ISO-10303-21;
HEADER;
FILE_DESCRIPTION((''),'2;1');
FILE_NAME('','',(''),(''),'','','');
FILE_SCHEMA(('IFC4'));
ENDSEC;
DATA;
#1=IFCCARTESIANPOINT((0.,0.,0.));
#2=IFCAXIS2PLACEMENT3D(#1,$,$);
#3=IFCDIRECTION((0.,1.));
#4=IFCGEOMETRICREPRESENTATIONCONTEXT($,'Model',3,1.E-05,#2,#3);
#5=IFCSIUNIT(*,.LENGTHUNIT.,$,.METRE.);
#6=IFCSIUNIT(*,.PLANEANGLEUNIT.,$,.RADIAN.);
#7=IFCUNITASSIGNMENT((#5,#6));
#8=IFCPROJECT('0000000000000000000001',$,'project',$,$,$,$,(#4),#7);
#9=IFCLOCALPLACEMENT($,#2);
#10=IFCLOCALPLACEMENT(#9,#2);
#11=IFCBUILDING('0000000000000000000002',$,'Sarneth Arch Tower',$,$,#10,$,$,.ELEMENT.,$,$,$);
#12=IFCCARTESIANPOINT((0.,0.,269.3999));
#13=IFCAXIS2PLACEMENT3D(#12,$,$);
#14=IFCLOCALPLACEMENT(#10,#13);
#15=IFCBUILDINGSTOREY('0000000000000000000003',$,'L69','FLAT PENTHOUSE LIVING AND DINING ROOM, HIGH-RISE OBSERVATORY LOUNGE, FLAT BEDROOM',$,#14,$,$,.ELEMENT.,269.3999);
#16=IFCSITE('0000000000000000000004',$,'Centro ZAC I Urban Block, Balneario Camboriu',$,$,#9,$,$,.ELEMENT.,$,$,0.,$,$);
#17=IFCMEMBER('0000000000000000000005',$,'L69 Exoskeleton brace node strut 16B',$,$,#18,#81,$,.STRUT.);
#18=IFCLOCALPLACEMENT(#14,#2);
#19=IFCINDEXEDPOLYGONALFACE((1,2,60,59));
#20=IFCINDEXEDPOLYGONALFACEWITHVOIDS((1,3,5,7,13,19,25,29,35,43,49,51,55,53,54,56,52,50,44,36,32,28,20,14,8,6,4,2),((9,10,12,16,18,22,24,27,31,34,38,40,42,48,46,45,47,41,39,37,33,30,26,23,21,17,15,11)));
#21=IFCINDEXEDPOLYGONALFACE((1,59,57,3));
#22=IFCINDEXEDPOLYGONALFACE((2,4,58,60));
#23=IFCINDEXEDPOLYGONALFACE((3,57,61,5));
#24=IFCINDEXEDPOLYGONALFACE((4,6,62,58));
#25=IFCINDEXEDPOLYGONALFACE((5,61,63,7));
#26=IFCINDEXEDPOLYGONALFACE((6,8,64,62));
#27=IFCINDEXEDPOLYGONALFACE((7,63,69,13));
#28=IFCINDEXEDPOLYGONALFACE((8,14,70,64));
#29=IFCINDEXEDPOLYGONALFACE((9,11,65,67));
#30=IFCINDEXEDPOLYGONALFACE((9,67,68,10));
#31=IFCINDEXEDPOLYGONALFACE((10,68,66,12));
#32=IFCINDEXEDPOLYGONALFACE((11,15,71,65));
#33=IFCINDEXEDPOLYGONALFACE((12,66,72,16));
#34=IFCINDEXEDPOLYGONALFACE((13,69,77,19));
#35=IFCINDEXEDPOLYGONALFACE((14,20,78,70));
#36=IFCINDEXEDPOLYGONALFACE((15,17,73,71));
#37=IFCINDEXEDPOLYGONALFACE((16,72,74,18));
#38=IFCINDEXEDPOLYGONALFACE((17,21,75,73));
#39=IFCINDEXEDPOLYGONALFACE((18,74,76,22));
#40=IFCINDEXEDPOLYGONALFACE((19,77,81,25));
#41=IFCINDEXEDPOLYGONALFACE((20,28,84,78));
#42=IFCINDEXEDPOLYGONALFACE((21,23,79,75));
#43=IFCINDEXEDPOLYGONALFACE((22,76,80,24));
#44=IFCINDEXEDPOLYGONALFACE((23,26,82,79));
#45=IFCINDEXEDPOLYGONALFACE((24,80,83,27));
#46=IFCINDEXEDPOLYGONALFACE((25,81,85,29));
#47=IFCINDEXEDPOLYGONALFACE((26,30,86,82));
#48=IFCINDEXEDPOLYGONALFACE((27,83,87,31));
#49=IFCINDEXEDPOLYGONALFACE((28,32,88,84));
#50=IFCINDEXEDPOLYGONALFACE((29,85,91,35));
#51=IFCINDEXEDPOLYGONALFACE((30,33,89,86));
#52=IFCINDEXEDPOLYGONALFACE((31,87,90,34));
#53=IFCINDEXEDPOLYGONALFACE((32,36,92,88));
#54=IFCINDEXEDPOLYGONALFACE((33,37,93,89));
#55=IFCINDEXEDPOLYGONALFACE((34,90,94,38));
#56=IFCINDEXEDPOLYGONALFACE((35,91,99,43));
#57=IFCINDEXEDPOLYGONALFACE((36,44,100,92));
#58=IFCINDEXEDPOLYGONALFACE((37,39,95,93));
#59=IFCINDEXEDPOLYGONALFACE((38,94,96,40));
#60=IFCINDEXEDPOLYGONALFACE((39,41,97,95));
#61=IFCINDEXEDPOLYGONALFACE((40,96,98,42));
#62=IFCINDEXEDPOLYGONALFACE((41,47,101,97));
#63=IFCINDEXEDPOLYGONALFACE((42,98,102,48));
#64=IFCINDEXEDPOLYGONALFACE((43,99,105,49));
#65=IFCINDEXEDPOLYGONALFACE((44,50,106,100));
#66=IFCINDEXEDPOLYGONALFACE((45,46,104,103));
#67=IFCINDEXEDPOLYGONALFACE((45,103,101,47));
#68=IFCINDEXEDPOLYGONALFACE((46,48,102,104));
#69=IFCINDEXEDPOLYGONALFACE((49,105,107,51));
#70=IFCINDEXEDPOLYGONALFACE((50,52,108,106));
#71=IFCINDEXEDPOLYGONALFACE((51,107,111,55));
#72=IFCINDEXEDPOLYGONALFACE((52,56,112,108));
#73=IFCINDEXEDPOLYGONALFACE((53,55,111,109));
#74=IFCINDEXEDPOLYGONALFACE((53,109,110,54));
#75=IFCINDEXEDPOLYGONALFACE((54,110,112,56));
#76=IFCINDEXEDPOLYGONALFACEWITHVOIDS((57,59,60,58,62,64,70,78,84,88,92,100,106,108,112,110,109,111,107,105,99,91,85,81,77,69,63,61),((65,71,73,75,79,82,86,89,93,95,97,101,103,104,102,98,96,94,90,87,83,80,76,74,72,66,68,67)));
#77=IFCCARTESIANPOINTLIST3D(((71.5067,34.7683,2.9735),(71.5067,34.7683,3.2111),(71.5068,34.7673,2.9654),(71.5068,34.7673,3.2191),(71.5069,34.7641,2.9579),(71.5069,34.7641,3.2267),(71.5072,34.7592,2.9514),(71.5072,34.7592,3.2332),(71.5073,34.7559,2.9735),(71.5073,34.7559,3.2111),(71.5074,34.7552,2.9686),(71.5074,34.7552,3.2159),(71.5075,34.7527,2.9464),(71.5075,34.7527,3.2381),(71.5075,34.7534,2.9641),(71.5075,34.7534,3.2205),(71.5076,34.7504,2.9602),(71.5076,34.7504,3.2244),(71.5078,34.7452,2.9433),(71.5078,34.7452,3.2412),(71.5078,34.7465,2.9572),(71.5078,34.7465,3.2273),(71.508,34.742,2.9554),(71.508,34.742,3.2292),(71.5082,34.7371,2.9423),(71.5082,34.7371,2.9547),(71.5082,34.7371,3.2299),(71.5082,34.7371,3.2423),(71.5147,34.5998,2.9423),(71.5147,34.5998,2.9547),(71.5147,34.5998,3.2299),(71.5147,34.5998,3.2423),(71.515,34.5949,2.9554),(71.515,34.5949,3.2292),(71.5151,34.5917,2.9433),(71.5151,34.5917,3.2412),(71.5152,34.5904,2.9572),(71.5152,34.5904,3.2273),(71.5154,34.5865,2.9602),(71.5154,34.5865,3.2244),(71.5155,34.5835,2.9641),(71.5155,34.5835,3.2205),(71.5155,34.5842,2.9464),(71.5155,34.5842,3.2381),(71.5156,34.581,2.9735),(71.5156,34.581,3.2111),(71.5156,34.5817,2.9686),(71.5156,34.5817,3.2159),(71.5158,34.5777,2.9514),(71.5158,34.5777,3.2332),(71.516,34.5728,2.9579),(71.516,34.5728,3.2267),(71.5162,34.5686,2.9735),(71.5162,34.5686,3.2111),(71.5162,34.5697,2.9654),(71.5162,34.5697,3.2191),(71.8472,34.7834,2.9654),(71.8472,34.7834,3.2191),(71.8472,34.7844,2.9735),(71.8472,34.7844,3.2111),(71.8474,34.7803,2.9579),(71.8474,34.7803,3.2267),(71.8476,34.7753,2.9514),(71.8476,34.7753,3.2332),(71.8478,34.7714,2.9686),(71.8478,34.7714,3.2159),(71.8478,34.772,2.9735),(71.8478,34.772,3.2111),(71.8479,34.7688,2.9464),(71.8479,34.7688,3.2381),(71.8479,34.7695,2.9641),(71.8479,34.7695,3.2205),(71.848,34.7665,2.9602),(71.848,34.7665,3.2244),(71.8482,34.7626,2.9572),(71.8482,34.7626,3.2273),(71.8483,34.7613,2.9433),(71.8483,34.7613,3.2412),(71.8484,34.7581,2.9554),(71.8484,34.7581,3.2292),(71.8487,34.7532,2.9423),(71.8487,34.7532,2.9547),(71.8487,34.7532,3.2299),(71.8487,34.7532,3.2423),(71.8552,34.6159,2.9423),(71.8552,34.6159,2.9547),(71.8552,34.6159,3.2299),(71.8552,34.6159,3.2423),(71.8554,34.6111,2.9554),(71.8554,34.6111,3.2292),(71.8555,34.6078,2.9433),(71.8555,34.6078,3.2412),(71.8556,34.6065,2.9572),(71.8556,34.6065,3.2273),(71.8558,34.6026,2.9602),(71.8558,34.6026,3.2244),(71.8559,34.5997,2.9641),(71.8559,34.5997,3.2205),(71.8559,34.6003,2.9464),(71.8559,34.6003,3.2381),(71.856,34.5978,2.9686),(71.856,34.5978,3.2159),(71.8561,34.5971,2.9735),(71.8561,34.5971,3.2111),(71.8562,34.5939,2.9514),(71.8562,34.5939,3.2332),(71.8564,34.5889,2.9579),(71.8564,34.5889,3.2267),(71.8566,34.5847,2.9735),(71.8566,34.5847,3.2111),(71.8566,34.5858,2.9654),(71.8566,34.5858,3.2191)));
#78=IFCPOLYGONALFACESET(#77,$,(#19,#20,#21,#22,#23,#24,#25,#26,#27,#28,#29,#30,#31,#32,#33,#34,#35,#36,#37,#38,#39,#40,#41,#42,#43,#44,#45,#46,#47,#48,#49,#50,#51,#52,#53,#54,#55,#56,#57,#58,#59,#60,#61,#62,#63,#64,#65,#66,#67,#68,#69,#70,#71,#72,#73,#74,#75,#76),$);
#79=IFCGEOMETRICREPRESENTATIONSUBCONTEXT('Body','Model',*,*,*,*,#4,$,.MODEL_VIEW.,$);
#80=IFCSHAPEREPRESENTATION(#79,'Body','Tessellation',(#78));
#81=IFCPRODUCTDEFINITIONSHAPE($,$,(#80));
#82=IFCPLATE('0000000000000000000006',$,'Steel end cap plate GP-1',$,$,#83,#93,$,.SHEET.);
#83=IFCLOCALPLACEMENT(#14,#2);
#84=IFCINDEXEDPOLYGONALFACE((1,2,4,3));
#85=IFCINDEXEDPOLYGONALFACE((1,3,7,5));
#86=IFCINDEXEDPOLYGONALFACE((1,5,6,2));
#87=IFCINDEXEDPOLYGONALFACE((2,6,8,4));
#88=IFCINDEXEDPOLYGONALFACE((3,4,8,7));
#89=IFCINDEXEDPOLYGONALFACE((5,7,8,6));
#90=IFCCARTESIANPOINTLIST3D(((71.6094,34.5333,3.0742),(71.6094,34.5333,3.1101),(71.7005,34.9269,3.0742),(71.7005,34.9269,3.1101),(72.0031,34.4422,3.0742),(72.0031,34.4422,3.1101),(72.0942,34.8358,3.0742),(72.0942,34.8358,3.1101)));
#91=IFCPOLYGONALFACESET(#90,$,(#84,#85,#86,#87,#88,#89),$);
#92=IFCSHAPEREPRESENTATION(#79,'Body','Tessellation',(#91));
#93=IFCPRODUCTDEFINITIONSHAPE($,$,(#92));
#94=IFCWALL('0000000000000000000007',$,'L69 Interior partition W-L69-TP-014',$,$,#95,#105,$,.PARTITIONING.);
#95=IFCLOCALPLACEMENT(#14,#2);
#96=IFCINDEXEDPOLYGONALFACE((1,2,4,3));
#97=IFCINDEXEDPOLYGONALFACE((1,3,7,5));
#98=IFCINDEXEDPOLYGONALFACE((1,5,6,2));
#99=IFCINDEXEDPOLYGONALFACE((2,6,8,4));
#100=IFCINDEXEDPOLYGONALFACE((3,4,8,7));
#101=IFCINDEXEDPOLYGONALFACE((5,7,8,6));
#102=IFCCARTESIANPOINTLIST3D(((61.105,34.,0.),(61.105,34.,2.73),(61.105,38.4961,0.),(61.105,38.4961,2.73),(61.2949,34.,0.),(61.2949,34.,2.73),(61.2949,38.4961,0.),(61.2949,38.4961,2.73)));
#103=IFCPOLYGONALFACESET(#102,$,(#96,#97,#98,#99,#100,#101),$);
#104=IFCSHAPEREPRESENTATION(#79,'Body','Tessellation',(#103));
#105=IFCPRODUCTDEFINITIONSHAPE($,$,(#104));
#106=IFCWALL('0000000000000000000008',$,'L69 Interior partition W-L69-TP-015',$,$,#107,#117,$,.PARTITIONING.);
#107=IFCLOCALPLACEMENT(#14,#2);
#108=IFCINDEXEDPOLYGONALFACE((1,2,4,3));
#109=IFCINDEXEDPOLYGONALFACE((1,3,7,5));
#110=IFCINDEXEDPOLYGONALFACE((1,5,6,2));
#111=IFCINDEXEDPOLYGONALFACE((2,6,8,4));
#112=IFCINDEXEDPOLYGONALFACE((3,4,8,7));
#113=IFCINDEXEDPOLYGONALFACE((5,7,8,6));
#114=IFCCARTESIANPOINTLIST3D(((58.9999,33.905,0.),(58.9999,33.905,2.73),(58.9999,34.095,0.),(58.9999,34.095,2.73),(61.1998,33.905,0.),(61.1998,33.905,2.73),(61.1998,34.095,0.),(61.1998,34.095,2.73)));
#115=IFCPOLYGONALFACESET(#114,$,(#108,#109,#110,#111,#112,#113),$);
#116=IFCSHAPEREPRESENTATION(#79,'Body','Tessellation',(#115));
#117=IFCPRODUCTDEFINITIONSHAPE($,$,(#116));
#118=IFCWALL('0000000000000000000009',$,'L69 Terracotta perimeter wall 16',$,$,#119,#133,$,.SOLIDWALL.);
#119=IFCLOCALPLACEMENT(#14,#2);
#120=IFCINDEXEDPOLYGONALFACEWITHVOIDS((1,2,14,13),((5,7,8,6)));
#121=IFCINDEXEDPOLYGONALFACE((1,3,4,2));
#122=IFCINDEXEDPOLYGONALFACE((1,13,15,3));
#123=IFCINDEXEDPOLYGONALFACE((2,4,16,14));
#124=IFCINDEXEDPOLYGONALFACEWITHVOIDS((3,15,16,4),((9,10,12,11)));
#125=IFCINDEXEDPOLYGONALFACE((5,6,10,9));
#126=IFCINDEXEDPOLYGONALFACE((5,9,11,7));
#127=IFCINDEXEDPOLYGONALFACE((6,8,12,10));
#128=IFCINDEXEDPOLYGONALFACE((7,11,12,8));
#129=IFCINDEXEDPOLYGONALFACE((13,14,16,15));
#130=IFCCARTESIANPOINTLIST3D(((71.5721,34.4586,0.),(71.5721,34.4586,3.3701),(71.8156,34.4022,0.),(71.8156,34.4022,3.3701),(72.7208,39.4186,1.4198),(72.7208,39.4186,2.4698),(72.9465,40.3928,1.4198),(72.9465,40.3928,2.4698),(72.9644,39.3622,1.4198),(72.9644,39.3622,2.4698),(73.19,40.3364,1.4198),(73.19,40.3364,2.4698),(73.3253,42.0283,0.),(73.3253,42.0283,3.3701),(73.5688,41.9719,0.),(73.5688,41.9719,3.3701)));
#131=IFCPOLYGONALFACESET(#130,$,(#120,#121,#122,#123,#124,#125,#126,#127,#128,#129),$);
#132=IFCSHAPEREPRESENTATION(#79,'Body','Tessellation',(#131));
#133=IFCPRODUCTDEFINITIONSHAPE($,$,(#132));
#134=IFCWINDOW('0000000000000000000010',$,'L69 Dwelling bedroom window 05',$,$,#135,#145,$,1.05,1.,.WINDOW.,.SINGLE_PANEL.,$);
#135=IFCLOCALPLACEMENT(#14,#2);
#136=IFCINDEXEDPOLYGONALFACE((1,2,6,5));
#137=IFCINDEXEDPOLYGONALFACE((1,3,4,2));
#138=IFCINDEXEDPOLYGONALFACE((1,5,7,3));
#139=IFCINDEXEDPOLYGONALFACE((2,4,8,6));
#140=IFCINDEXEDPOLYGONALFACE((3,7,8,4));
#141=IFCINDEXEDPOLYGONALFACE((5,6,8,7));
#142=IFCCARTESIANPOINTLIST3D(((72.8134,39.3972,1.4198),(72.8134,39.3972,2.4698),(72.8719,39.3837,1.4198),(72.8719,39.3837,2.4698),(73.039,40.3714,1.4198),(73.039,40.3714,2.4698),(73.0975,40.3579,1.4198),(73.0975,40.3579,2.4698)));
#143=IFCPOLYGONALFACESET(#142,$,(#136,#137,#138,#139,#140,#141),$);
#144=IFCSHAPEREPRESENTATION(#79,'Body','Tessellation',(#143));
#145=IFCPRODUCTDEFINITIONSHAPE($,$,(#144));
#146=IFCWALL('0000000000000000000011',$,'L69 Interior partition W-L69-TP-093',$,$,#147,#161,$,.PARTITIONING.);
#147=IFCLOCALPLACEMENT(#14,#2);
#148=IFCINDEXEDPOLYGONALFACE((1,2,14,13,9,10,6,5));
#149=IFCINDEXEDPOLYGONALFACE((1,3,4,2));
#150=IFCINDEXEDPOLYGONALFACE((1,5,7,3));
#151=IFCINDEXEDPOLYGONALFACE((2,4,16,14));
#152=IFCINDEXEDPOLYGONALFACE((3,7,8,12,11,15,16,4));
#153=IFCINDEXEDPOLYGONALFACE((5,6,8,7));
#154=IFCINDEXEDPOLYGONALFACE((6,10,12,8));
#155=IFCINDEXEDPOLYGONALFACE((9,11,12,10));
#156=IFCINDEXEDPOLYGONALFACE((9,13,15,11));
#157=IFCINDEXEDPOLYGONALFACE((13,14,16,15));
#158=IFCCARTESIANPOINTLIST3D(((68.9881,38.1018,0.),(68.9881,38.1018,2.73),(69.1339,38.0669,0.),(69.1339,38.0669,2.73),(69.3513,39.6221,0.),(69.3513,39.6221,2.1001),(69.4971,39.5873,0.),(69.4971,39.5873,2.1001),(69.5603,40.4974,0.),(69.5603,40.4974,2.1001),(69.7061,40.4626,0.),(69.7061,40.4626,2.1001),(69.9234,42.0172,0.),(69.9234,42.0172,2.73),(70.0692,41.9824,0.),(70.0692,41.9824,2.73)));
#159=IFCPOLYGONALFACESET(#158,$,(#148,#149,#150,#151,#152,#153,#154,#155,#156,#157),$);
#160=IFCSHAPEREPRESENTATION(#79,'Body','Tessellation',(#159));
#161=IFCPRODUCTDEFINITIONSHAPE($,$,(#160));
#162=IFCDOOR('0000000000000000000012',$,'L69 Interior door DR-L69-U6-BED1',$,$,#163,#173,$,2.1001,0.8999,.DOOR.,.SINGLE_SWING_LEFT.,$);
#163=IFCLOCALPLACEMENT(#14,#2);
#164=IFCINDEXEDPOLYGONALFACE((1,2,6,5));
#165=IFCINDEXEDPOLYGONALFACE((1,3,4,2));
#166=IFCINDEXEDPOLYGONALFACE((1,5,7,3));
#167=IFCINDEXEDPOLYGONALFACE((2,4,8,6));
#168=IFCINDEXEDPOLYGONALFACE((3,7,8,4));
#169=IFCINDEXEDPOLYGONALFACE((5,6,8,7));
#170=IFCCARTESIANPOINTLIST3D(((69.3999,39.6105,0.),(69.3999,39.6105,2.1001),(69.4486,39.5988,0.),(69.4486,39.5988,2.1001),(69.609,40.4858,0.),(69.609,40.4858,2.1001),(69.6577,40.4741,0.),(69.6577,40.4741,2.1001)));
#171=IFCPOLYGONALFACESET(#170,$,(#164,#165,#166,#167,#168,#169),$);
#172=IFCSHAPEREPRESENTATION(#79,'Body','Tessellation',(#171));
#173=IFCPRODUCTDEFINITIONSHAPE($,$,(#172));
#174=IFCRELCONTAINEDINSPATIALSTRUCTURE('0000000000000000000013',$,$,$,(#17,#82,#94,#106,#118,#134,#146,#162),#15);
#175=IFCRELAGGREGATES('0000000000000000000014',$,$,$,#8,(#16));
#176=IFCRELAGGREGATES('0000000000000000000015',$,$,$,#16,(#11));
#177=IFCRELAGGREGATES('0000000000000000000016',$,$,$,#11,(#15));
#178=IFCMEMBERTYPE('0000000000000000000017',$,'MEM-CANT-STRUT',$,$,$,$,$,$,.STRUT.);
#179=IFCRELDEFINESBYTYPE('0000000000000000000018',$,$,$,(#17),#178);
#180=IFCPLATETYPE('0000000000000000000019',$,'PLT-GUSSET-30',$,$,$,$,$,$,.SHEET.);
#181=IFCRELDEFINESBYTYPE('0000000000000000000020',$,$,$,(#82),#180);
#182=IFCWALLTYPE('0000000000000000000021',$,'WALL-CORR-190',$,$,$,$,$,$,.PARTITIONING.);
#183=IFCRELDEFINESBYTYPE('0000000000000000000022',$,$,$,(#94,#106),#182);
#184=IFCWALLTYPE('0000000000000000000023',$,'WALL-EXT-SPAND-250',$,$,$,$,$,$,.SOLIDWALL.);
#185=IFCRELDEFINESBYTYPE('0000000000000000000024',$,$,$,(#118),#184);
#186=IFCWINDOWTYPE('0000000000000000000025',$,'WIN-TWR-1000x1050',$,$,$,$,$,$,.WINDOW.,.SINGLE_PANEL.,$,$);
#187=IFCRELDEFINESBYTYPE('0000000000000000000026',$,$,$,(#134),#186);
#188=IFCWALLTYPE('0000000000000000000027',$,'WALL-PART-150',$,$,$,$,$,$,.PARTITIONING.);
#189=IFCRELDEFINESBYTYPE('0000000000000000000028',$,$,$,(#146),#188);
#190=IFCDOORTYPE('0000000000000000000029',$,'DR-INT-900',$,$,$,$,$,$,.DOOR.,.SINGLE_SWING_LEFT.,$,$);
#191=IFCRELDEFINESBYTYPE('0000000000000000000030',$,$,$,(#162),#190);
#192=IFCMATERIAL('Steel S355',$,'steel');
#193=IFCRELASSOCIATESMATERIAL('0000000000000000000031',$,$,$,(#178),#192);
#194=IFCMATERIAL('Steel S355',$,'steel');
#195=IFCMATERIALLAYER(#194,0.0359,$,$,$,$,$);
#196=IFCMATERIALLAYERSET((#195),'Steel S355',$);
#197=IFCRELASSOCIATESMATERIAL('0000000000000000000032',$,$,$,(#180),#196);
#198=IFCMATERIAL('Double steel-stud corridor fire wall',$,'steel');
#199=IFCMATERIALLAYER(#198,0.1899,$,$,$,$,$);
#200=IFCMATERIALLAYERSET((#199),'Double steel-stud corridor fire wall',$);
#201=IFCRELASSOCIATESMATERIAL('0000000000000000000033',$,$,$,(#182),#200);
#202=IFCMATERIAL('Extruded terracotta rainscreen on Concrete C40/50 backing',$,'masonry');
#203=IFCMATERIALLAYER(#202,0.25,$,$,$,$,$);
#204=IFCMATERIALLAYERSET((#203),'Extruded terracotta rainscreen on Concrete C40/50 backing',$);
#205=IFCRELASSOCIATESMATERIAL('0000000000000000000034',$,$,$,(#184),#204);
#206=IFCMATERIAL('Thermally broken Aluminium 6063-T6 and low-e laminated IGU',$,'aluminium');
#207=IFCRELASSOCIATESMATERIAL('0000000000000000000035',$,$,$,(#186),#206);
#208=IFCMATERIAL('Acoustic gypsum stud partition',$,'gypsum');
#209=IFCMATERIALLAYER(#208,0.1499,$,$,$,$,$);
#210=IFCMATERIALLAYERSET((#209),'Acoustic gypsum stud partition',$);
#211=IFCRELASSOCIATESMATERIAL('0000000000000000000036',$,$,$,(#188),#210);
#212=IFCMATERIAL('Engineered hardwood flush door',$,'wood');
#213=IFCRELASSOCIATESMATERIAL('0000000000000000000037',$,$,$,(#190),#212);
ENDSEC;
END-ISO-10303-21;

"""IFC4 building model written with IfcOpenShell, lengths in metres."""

from ifc_helpers import new_model, si_unit, direction, frame, frame_2d, origin, origin_2d, place, context, subcontext, project, spatial, rectangle, hollow_rectangle, extrude, material, layer, layer_set, material_profile, profile_set, type_object, element, fill, save


model = new_model("IFC4")

# Units and contexts
model_context = context("Model", 3, precision=1e-05, world=origin(), true_north=direction((0.0, 1.0)))
body_context = subcontext(model_context, "Body", "Model", "MODEL_VIEW")
ifc_project = project(units=[si_unit("LENGTHUNIT", "METRE"), si_unit("PLANEANGLEUNIT", "RADIAN")], contexts=[model_context])

# Site, building, storey
site_placement = place(None, origin())
site = spatial("IfcSite", under=ifc_project, at=site_placement, Name="Centro ZAC I Urban Block, Balneario Camboriu", CompositionType="ELEMENT", RefElevation=0.0)
building_placement = place(site_placement, origin())
building = spatial("IfcBuilding", under=site, at=building_placement, Name="Sarneth Arch Tower", CompositionType="ELEMENT")
storey_placement = place(building_placement, frame((0.0, 0.0, 269.3999)))
storey = spatial("IfcBuildingStorey", under=building, at=storey_placement, Name="L69", Description="FLAT PENTHOUSE LIVING AND DINING ROOM, HIGH-RISE OBSERVATORY LOUNGE, FLAT BEDROOM", CompositionType="ELEMENT", Elevation=269.3999)

# Member
ifc_material_1 = material(Name="Steel S355", Category="steel")
ifc_material_profile_1 = material_profile(ifc_material_1, hollow_rectangle(XDim=0.2, YDim=0.3, WallThickness=0.0125, InnerFilletRadius=0.0188, OuterFilletRadius=0.0312, at=origin_2d()), Name="RHS300x200x12.5")
ifc_profile_set_1 = profile_set([ifc_material_profile_1], Name="Steel S355")
member_type = type_object("IfcMemberType", Name="MEM-CANT-STRUT", PredefinedType="STRUT", material=ifc_profile_set_1)
member_placement = place(storey_placement, frame((71.5115, 34.6685, 3.0923), z_axis=(0.998881, 0.047293, 0.0), x_axis=(-0.047293, 0.998881, 0.0)))
element("IfcMember", 1, at=member_placement, inside=storey, type_object=member_type, Name="L69 Exoskeleton brace node strut 16B", PredefinedType="STRUT", context=body_context, shape_type="SweptSolid", body=[
    extrude(hollow_rectangle(XDim=0.2, YDim=0.3, WallThickness=0.0125, InnerFilletRadius=0.0188, OuterFilletRadius=0.0312, at=origin_2d()), origin(), (0.0, 0.0, 1.0), 0.3408),
])

# Plate
ifc_material_2 = material(Name="Steel S355", Category="steel")
ifc_layer_1 = layer(ifc_material_2, 0.0359)
ifc_layer_set_1 = layer_set([ifc_layer_1], Name="Steel S355")
plate_type = type_object("IfcPlateType", Name="PLT-GUSSET-30", PredefinedType="SHEET", material=ifc_layer_set_1)
plate_placement = place(storey_placement, frame((71.8518, 34.6846, 3.0742), z_axis=(0.0, 0.0, 1.0), x_axis=(0.225461, 0.974252, 0.0)))
element("IfcPlate", 2, at=plate_placement, inside=storey, type_object=plate_type, Name="Steel end cap plate GP-1", PredefinedType="SHEET", context=body_context, shape_type="SweptSolid", body=[
    extrude(rectangle(XDim=0.4041, YDim=0.4041, at=origin_2d()), origin(), (0.0, 0.0, 1.0), 0.0359),
])

# Walls
ifc_material_3 = material(Name="Double steel-stud corridor fire wall", Category="steel")
ifc_layer_2 = layer(ifc_material_3, 0.1899)
ifc_layer_set_2 = layer_set([ifc_layer_2], Name="Double steel-stud corridor fire wall")
wall_type_1 = type_object("IfcWallType", Name="WALL-CORR-190", PredefinedType="PARTITIONING", material=ifc_layer_set_2)
wall_1_placement = place(storey_placement, frame((61.2, 38.4961, 0.0), z_axis=(0.0, 0.0, 1.0), x_axis=(0.0, -1.0, 0.0)))
element("IfcWall", 3, at=wall_1_placement, inside=storey, type_object=wall_type_1, Name="L69 Interior partition W-L69-TP-014", PredefinedType="PARTITIONING", context=body_context, shape_type="SweptSolid", body=[
    extrude(rectangle(XDim=4.4961, YDim=0.1899, at=frame_2d((2.248, 0.0))), origin(), (0.0, 0.0, 1.0), 2.73),
])
wall_2_placement = place(storey_placement, frame((61.2, 34.0, 0.0), z_axis=(0.0, 0.0, 1.0), x_axis=(-1.0, 0.0, 0.0)))
element("IfcWall", 4, at=wall_2_placement, inside=storey, type_object=wall_type_1, Name="L69 Interior partition W-L69-TP-015", PredefinedType="PARTITIONING", context=body_context, shape_type="SweptSolid", body=[
    extrude(rectangle(XDim=2.2, YDim=0.1899, at=frame_2d((1.1001, 0.0))), origin(), (0.0, 0.0, 1.0), 2.73),
])

# Wall, opening, window
ifc_material_4 = material(Name="Extruded terracotta rainscreen on Concrete C40/50 backing", Category="masonry")
ifc_layer_3 = layer(ifc_material_4, 0.25)
ifc_layer_set_3 = layer_set([ifc_layer_3], Name="Extruded terracotta rainscreen on Concrete C40/50 backing")
wall_type_2 = type_object("IfcWallType", Name="WALL-EXT-SPAND-250", PredefinedType="SOLIDWALL", material=ifc_layer_set_3)
wall_3_placement = place(storey_placement, frame((71.6938, 34.4304, 0.0), z_axis=(0.0, 0.0, 1.0), x_axis=(0.225635, 0.974212, 0.0)))
wall_3 = element("IfcWall", 5, at=wall_3_placement, inside=storey, type_object=wall_type_2, Name="L69 Terracotta perimeter wall 16", PredefinedType="SOLIDWALL", context=body_context, shape_type="SweptSolid", body=[
    extrude(rectangle(XDim=7.77, YDim=0.25, at=frame_2d((3.885, 0.0))), origin(), (0.0, 0.0, 1.0), 3.3701),
])
opening_1_placement = place(wall_3_placement, frame((5.0913, 0.0, 1.4199)))
opening_1 = element("IfcOpeningElement", 6, at=opening_1_placement, cuts=wall_3, PredefinedType="OPENING", context=body_context, shape_type="SweptSolid", body=[
    extrude(rectangle(XDim=1.0, YDim=1.05, at=frame_2d((0.5, 0.5249))), frame((0.0, 0.135, 0.0), z_axis=(0.0, -1.0, 0.0), x_axis=(1.0, 0.0, 0.0)), (0.0, 0.0, 1.0), 0.27),
])
ifc_material_5 = material(Name="Thermally broken Aluminium 6063-T6 and low-e laminated IGU", Category="aluminium")
window_type = type_object("IfcWindowType", Name="WIN-TWR-1000x1050", PartitioningType="SINGLE_PANEL", PredefinedType="WINDOW", material=ifc_material_5)
window_placement = place(opening_1_placement, origin())
window = element("IfcWindow", 7, at=window_placement, inside=storey, type_object=window_type, Name="L69 Dwelling bedroom window 05", OverallHeight=1.05, OverallWidth=1.0, PartitioningType="SINGLE_PANEL", PredefinedType="WINDOW", context=body_context, shape_type="SweptSolid", body=[
    extrude(rectangle(XDim=1.0, YDim=1.05, at=frame_2d((0.5, 0.5249))), frame((0.0, 0.03, 0.0), z_axis=(0.0, -1.0, 0.0), x_axis=(1.0, 0.0, 0.0)), (0.0, 0.0, 1.0), 0.0601),
])
fill(opening_1, window)

# Wall, opening, door
ifc_material_6 = material(Name="Acoustic gypsum stud partition", Category="gypsum")
ifc_layer_4 = layer(ifc_material_6, 0.1499)
ifc_layer_set_4 = layer_set([ifc_layer_4], Name="Acoustic gypsum stud partition")
wall_type_3 = type_object("IfcWallType", Name="WALL-PART-150", PredefinedType="PARTITIONING", material=ifc_layer_set_4)
wall_4_placement = place(storey_placement, frame((69.061, 38.0845, 0.0), z_axis=(0.0, 0.0, 1.0), x_axis=(0.232334, 0.972636, 0.0)))
wall_4 = element("IfcWall", 8, at=wall_4_placement, inside=storey, type_object=wall_type_3, Name="L69 Interior partition W-L69-TP-093", PredefinedType="PARTITIONING", context=body_context, shape_type="SweptSolid", body=[
    extrude(rectangle(XDim=4.0256, YDim=0.1499, at=frame_2d((2.0127, 0.0))), origin(), (0.0, 0.0, 1.0), 2.73),
])
opening_2_placement = place(wall_4_placement, frame((1.563, 0.0, 0.0)))
opening_2 = element("IfcOpeningElement", 9, at=opening_2_placement, cuts=wall_4, PredefinedType="OPENING", context=body_context, shape_type="SweptSolid", body=[
    extrude(rectangle(XDim=0.8999, YDim=2.1001, at=frame_2d((0.45, 1.05))), frame((0.0, 0.085, 0.0), z_axis=(0.0, -1.0, 0.0), x_axis=(1.0, 0.0, 0.0)), (0.0, 0.0, 1.0), 0.1699),
])
ifc_material_7 = material(Name="Engineered hardwood flush door", Category="wood")
door_type_1 = type_object("IfcDoorType", Name="DR-INT-900", OperationType="SINGLE_SWING_LEFT", PredefinedType="DOOR", material=ifc_material_7)
door_1_placement = place(opening_2_placement, origin())
door_1 = element("IfcDoor", 10, at=door_1_placement, inside=storey, type_object=door_type_1, Name="L69 Interior door DR-L69-U6-BED1", OperationType="SINGLE_SWING_LEFT", OverallHeight=2.1001, OverallWidth=0.8999, PredefinedType="DOOR", context=body_context, shape_type="SweptSolid", body=[
    extrude(rectangle(XDim=0.8999, YDim=2.1001, at=frame_2d((0.45, 1.05))), frame((0.0, 0.0249, 0.0), z_axis=(0.0, -1.0, 0.0), x_axis=(1.0, 0.0, 0.0)), (0.0, 0.0, 1.0), 0.05),
])
fill(opening_2, door_1)

save(model, "model.ifc")
